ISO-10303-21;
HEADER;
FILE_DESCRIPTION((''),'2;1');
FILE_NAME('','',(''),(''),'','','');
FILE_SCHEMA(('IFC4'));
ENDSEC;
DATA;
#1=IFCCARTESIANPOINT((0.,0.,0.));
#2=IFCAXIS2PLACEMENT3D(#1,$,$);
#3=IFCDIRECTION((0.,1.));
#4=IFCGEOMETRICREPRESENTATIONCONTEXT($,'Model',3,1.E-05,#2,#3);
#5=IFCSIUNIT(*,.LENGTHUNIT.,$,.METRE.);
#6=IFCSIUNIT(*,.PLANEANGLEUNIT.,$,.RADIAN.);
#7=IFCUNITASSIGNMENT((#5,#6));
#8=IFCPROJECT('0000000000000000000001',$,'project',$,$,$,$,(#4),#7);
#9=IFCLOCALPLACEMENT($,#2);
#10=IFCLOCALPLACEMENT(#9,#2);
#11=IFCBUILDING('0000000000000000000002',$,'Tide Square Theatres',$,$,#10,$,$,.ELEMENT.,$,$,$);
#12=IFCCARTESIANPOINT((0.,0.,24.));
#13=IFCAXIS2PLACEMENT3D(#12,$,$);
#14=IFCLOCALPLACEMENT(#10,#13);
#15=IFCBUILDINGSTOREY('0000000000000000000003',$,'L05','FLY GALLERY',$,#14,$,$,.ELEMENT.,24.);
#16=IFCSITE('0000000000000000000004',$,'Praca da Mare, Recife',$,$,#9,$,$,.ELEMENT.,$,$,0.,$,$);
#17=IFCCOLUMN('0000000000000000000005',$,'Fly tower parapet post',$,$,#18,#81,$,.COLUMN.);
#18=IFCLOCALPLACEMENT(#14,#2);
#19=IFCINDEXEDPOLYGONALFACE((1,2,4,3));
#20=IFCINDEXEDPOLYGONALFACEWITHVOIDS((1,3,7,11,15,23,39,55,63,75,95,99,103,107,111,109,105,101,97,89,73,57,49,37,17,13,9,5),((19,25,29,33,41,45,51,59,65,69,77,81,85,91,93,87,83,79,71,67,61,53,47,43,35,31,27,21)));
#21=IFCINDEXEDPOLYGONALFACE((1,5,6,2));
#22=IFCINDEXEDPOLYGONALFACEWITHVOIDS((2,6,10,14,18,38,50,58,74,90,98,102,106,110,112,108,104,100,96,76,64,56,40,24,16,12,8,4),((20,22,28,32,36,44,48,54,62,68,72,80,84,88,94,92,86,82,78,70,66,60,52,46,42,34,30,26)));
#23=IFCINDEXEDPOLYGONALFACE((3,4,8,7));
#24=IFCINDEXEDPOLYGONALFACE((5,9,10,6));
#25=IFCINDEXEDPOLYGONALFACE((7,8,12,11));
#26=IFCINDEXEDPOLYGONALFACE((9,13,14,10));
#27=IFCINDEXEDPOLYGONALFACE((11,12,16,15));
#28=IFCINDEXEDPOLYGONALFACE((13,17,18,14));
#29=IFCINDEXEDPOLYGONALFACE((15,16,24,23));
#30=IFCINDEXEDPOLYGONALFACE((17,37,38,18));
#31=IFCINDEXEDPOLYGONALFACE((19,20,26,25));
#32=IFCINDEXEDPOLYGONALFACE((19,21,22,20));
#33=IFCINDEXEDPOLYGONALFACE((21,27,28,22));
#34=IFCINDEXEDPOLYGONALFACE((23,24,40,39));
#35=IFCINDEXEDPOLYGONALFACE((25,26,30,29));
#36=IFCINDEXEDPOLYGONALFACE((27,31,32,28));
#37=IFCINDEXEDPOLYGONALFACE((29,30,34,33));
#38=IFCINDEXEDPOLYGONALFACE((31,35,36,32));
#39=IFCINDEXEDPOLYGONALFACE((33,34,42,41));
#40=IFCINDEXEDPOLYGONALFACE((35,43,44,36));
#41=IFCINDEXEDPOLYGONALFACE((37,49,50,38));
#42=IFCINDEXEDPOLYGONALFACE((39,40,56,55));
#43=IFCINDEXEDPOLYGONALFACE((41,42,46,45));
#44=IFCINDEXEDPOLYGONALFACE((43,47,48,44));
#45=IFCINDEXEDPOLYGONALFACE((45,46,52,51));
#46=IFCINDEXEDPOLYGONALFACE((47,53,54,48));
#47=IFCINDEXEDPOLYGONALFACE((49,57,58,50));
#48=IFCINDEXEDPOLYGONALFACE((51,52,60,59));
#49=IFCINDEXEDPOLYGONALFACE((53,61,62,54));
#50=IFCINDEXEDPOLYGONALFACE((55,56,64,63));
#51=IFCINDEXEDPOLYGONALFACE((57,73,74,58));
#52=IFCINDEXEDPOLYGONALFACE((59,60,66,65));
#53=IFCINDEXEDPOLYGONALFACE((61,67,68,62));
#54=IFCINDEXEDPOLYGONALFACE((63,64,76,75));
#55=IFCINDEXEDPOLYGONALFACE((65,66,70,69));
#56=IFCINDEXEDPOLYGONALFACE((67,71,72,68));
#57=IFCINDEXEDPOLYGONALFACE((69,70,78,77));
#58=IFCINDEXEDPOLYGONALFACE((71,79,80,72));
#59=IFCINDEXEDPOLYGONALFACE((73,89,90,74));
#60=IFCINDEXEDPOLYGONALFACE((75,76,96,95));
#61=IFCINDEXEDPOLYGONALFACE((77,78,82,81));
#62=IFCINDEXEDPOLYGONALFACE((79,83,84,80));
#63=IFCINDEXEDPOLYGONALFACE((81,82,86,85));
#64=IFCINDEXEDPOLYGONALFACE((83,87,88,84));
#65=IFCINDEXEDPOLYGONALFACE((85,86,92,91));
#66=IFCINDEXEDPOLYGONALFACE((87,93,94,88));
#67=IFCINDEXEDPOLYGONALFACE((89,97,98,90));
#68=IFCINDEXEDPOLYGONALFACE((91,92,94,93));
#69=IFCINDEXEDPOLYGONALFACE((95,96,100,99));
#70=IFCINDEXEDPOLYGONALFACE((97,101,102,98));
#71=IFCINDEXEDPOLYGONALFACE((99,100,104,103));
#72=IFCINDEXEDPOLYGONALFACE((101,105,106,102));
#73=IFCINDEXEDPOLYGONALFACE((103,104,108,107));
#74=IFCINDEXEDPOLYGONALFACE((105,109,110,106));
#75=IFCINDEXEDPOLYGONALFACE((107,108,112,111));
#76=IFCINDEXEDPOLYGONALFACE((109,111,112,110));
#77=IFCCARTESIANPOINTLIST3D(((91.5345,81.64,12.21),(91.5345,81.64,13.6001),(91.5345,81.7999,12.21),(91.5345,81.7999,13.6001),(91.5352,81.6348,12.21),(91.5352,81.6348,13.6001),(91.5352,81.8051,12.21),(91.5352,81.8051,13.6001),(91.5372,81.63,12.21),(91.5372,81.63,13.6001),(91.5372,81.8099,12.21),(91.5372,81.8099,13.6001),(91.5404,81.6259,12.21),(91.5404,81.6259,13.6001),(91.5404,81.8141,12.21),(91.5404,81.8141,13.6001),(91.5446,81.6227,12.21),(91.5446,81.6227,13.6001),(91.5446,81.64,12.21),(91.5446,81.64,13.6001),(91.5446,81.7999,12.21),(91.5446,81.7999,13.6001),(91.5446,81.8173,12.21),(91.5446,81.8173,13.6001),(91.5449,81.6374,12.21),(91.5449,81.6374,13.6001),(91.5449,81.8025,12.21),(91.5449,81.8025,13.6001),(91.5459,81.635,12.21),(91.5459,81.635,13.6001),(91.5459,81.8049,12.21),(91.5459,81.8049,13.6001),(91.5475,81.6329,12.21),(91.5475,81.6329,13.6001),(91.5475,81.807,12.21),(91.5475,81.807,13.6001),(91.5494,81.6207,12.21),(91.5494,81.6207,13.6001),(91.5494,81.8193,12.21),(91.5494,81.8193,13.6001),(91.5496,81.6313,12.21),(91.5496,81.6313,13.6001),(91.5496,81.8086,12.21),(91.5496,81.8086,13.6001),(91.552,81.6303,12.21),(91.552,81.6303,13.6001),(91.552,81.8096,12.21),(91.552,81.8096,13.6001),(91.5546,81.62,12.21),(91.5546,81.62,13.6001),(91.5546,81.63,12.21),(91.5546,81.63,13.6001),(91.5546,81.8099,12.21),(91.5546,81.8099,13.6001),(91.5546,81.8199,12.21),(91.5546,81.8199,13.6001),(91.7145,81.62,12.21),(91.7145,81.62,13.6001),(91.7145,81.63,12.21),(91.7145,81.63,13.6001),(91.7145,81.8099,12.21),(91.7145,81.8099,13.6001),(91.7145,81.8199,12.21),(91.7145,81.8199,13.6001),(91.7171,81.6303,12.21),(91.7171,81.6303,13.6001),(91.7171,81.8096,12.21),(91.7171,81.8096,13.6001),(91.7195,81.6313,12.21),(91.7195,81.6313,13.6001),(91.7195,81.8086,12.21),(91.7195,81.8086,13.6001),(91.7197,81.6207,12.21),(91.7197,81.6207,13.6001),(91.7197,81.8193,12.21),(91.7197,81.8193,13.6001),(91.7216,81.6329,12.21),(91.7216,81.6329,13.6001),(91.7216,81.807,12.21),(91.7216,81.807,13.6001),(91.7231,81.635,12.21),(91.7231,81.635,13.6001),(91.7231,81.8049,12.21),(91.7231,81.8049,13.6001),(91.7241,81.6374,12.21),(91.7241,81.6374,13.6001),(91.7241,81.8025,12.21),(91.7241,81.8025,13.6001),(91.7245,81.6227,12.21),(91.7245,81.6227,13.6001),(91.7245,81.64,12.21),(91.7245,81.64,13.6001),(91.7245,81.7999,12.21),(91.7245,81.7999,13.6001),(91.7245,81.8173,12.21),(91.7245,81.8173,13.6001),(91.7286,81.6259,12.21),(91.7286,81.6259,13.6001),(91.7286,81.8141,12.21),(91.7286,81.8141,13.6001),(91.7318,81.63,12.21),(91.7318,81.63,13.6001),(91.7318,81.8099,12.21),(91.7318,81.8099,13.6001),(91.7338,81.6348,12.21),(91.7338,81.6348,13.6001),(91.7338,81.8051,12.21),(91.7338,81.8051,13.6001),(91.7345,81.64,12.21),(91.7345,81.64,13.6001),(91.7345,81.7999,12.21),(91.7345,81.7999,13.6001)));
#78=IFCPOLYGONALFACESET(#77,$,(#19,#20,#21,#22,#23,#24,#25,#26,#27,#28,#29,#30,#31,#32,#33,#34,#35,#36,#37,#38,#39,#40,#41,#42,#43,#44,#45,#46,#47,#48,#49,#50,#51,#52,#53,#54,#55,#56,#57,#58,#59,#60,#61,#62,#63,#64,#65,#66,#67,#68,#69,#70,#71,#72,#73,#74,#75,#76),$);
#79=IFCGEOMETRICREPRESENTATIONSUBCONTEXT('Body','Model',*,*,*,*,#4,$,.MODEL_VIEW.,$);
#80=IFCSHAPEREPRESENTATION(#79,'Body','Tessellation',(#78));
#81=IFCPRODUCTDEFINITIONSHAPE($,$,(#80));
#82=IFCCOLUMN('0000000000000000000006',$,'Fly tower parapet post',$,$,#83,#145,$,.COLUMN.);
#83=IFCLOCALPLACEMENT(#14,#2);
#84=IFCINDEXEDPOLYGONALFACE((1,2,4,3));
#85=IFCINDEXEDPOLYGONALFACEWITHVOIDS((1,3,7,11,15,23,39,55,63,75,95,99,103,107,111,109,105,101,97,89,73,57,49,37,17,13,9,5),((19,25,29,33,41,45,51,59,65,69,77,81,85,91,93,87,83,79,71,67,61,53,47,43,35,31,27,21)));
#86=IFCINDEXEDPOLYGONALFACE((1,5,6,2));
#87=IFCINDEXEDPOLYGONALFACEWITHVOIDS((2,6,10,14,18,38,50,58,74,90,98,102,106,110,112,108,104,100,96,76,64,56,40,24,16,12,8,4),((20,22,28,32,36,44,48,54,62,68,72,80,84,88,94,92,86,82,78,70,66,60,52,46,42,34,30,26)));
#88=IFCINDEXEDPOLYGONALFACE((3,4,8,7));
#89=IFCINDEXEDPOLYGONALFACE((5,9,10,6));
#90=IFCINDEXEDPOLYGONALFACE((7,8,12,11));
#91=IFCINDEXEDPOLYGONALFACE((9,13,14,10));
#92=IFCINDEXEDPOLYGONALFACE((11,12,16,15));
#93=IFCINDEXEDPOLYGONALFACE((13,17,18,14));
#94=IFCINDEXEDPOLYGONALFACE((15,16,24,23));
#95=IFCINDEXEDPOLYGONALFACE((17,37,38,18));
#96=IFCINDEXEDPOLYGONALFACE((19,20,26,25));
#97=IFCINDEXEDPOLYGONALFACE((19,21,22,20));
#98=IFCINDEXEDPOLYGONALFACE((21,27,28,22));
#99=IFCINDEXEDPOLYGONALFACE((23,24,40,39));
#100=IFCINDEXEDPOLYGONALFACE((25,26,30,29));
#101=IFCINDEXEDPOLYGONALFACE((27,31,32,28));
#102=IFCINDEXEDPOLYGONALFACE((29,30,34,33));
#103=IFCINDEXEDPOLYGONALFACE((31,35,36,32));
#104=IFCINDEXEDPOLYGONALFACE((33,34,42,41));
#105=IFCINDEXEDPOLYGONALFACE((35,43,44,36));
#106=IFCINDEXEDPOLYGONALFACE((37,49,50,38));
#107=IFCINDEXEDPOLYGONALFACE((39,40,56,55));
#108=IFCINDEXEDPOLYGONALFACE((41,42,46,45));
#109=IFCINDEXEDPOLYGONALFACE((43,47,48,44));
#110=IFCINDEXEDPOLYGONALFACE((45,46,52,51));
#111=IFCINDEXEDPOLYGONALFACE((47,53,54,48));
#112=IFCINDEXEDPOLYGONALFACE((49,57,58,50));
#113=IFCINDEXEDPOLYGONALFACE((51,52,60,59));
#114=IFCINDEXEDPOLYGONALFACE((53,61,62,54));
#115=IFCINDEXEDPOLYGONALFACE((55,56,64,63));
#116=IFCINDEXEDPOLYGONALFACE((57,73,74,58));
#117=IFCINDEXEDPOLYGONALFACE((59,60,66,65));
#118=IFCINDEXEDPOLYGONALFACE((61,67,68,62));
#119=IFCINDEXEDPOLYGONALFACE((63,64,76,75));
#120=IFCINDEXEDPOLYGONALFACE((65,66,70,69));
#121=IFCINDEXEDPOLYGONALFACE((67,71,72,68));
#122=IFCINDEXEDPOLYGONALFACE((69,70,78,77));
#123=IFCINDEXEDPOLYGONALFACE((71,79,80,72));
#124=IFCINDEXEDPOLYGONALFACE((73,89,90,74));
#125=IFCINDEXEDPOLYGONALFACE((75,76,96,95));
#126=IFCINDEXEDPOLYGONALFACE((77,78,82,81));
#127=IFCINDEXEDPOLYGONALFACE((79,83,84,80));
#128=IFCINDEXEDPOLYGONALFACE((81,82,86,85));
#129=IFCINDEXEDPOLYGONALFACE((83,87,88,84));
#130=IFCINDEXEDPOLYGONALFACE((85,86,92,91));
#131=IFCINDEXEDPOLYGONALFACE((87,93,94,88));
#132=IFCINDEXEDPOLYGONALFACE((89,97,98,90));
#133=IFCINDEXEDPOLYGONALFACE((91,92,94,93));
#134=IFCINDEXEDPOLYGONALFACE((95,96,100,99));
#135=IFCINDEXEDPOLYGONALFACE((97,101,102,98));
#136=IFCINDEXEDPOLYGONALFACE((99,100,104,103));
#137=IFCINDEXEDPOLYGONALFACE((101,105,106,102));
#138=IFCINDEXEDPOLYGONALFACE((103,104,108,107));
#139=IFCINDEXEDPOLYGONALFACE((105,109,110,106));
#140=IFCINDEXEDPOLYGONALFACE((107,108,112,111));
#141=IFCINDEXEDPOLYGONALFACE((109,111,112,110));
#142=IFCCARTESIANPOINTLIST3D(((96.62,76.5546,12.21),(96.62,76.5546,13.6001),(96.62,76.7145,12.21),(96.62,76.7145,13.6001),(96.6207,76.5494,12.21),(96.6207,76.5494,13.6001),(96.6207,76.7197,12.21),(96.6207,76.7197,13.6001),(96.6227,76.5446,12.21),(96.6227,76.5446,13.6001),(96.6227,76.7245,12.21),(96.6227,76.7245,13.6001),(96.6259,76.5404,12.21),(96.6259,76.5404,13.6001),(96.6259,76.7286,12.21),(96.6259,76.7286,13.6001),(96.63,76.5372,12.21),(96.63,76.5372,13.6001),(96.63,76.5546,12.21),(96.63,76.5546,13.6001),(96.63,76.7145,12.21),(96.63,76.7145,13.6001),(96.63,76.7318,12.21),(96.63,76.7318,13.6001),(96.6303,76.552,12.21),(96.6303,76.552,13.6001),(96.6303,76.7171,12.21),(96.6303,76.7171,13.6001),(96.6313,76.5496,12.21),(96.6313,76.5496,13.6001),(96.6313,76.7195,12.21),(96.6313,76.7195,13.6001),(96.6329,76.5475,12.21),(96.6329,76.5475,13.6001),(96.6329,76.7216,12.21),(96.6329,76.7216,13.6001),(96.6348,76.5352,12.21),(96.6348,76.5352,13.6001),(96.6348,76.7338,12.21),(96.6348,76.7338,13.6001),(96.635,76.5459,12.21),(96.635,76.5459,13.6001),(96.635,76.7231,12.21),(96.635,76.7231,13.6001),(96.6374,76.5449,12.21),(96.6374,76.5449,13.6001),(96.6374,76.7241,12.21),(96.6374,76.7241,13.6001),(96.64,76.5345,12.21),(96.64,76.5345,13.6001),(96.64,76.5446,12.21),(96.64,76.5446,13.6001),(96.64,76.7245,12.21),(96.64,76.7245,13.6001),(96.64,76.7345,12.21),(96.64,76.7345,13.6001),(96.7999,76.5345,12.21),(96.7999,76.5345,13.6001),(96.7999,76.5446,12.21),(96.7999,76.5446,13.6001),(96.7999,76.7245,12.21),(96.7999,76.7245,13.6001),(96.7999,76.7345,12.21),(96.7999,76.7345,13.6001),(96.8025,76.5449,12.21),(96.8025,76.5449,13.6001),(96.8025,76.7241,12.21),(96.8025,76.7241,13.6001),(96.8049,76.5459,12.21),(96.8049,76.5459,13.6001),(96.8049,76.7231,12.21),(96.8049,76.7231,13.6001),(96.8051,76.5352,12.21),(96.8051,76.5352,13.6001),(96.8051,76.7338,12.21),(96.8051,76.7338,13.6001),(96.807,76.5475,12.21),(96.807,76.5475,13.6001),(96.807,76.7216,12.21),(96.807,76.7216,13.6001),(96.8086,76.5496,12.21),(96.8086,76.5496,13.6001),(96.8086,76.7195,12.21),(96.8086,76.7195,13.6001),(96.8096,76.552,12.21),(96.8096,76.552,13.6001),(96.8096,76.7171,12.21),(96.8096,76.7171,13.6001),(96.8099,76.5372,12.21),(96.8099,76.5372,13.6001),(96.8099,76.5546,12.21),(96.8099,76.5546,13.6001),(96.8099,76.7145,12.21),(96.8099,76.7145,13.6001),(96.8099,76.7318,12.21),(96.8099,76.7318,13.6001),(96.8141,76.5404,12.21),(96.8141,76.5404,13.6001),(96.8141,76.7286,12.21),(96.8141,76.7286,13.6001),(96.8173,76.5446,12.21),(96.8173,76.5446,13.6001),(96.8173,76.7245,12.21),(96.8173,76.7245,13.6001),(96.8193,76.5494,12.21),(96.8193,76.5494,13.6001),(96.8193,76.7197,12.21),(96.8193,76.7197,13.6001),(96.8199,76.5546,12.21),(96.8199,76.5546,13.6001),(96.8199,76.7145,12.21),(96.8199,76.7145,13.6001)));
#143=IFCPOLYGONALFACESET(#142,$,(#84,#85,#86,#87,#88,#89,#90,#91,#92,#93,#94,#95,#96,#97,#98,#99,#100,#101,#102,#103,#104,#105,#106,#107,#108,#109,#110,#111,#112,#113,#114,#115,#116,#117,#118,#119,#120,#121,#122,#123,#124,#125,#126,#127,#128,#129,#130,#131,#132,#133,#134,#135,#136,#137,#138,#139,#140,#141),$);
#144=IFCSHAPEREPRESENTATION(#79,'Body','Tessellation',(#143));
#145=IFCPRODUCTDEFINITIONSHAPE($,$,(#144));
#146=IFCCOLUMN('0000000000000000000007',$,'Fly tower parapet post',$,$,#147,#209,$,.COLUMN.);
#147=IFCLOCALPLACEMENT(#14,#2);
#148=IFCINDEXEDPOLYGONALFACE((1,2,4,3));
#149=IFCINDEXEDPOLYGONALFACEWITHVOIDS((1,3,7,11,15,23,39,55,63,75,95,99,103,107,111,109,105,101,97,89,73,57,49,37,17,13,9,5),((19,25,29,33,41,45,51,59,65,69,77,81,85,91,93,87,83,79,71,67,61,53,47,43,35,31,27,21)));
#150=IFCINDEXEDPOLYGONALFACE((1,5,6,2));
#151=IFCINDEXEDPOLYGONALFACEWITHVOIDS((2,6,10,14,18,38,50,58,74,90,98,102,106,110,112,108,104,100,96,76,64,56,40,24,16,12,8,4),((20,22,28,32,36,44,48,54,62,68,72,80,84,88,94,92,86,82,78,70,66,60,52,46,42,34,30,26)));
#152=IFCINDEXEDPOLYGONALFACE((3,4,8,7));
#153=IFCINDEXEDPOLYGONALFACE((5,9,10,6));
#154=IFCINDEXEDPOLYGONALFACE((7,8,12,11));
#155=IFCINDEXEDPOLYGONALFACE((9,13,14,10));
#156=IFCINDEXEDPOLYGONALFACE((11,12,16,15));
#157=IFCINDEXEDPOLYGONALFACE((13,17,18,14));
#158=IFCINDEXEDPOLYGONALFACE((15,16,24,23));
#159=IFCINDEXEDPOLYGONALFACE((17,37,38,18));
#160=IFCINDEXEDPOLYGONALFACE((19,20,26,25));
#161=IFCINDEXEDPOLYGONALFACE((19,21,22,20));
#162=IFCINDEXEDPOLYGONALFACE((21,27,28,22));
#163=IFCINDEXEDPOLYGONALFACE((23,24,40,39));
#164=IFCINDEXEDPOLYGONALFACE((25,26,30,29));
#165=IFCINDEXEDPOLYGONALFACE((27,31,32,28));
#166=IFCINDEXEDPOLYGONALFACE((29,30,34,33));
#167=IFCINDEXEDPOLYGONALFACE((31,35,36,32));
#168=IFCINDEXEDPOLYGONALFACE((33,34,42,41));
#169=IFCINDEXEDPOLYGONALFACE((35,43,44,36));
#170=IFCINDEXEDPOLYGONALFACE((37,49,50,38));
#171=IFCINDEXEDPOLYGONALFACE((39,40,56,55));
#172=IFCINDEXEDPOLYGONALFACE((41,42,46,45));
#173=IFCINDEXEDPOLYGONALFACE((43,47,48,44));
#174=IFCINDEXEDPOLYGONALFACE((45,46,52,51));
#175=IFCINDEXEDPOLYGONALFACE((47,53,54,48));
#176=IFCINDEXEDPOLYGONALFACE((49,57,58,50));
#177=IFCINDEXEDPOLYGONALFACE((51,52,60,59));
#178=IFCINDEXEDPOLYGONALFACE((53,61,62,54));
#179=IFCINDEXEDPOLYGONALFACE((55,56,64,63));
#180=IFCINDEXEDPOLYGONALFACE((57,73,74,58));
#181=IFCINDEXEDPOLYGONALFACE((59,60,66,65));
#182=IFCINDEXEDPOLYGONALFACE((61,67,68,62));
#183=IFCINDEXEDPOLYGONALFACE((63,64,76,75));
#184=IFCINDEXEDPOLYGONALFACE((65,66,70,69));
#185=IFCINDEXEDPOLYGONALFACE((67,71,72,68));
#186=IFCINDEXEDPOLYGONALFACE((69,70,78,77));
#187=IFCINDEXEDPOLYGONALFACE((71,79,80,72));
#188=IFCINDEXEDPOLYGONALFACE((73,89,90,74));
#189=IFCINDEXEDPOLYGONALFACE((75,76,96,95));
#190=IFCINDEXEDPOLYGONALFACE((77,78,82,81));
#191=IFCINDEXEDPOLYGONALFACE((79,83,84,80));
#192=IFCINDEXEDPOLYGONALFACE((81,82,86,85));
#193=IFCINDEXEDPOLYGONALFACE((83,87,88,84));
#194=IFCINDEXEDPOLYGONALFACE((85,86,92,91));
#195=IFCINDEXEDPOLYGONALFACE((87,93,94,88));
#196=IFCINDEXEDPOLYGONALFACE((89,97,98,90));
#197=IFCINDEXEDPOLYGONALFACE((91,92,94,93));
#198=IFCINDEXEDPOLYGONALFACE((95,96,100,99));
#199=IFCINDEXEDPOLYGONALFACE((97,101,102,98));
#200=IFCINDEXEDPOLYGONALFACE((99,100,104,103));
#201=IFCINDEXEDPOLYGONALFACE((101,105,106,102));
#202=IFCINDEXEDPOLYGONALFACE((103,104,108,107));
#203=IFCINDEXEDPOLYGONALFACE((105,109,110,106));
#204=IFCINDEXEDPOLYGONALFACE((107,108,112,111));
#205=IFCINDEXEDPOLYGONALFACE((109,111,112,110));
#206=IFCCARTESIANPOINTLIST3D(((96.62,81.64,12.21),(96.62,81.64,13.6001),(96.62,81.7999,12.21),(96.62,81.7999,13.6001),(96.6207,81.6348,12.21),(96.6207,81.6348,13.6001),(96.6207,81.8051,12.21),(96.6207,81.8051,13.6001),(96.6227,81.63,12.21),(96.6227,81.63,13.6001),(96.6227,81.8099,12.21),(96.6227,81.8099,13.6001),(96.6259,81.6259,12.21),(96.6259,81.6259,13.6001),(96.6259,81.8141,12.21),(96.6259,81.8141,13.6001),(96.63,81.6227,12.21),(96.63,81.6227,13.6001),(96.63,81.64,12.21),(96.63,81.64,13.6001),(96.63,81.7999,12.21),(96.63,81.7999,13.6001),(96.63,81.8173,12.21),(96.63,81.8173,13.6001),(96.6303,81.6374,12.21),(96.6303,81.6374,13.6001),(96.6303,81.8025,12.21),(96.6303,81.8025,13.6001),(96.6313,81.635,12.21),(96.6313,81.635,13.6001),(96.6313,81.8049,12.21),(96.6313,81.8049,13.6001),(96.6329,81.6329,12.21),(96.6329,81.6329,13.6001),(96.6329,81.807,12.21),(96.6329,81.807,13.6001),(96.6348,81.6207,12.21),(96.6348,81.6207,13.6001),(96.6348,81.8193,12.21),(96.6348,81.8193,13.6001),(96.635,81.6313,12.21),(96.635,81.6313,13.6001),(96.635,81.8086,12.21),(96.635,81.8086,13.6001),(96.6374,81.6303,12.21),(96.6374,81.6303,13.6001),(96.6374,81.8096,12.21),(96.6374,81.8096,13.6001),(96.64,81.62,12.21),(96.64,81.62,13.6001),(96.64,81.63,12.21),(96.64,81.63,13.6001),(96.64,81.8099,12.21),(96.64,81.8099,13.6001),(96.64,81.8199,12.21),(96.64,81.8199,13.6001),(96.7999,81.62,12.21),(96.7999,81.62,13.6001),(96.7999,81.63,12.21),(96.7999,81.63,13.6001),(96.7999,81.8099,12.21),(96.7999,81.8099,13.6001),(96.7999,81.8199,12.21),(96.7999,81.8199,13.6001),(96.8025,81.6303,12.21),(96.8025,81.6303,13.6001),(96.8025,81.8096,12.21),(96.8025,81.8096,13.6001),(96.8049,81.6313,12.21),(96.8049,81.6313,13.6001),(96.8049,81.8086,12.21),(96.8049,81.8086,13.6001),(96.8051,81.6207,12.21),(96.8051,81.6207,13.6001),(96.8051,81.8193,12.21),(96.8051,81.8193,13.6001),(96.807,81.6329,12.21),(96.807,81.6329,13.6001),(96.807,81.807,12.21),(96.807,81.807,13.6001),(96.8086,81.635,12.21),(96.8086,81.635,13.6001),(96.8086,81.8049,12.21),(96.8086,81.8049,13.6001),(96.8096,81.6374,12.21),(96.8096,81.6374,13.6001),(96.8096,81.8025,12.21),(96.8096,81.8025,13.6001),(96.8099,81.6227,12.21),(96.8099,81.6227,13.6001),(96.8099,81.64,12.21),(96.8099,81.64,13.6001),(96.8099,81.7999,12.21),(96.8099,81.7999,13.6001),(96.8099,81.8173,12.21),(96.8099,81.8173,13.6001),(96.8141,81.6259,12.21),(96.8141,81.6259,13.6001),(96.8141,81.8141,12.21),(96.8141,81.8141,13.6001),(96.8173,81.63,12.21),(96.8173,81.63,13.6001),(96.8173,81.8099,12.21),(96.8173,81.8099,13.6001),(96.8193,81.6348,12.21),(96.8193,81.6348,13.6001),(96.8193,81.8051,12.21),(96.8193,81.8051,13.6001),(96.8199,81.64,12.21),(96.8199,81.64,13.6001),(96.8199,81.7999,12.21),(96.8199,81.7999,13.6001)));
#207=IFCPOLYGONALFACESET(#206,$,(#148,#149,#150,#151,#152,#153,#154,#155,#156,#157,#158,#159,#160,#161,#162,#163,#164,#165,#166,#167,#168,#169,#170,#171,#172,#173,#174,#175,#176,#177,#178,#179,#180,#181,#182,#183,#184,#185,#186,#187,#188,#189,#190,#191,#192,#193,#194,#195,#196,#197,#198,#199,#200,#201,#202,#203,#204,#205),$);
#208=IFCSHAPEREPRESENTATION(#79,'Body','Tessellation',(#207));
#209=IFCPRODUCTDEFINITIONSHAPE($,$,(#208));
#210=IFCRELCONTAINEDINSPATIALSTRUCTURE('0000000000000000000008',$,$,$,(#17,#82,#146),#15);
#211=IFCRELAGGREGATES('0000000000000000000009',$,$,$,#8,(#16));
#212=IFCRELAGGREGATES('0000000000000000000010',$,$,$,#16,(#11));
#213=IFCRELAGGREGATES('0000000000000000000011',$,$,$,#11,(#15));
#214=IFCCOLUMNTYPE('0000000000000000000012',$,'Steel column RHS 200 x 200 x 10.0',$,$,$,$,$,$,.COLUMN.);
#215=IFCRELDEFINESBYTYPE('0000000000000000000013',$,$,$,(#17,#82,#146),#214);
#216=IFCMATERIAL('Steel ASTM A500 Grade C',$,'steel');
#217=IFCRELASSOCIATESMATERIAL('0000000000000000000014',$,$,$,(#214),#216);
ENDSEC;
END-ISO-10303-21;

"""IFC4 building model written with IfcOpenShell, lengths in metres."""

from ifc_helpers import new_model, si_unit, direction, frame, origin, origin_2d, place, context, subcontext, project, spatial, hollow_rectangle, extrude, material, material_profile, profile_set, type_object, element, save


model = new_model("IFC4")

# Units and contexts
model_context = context("Model", 3, precision=1e-05, world=origin(), true_north=direction((0.0, 1.0)))
body_context = subcontext(model_context, "Body", "Model", "MODEL_VIEW")
ifc_project = project(units=[si_unit("LENGTHUNIT", "METRE"), si_unit("PLANEANGLEUNIT", "RADIAN")], contexts=[model_context])

# Site, building, storey
site_placement = place(None, origin())
site = spatial("IfcSite", under=ifc_project, at=site_placement, Name="Praca da Mare, Recife", CompositionType="ELEMENT", RefElevation=0.0)
building_placement = place(site_placement, origin())
building = spatial("IfcBuilding", under=site, at=building_placement, Name="Tide Square Theatres", CompositionType="ELEMENT")
storey_placement = place(building_placement, frame((0.0, 0.0, 24.0)))
storey = spatial("IfcBuildingStorey", under=building, at=storey_placement, Name="L05", Description="FLY GALLERY", CompositionType="ELEMENT", Elevation=24.0)

# Columns
ifc_material_1 = material(Name="Steel ASTM A500 Grade C", Category="steel")
ifc_material_profile_1 = material_profile(ifc_material_1, hollow_rectangle(XDim=0.2, YDim=0.2, WallThickness=0.01, InnerFilletRadius=0.01, OuterFilletRadius=0.02, at=origin_2d()))
ifc_profile_set_1 = profile_set([ifc_material_profile_1], Name="Steel ASTM A500 Grade C")
column_type_1 = type_object("IfcColumnType", Name="Steel column RHS 200 x 200 x 10.0", PredefinedType="COLUMN", material=ifc_profile_set_1)
for number, where, z_axis, x_axis, name in (
    (1, (91.6345, 81.72, 12.21), (0.0, 0.0, 1.0), (1.0, 0.0, 0.0), "Fly tower parapet post"),
    (2, (96.72, 76.6345, 12.21), (0.0, 0.0, 1.0), (1.0, 0.0, 0.0), "Fly tower parapet post"),
    (3, (96.72, 81.72, 12.21), (0.0, 0.0, 1.0), (1.0, 0.0, 0.0), "Fly tower parapet post"),
):
    element("IfcColumn", number, at=place(storey_placement, frame(where, z_axis=z_axis, x_axis=x_axis)), inside=storey, type_object=column_type_1, Name=name, PredefinedType="COLUMN", context=body_context, shape_type="SweptSolid", body=[
        extrude(hollow_rectangle(XDim=0.2, YDim=0.2, WallThickness=0.01, InnerFilletRadius=0.01, OuterFilletRadius=0.02, at=origin_2d()), origin(), (0.0, 0.0, 1.0), 1.3901),
    ])

save(model, "model.ifc")
